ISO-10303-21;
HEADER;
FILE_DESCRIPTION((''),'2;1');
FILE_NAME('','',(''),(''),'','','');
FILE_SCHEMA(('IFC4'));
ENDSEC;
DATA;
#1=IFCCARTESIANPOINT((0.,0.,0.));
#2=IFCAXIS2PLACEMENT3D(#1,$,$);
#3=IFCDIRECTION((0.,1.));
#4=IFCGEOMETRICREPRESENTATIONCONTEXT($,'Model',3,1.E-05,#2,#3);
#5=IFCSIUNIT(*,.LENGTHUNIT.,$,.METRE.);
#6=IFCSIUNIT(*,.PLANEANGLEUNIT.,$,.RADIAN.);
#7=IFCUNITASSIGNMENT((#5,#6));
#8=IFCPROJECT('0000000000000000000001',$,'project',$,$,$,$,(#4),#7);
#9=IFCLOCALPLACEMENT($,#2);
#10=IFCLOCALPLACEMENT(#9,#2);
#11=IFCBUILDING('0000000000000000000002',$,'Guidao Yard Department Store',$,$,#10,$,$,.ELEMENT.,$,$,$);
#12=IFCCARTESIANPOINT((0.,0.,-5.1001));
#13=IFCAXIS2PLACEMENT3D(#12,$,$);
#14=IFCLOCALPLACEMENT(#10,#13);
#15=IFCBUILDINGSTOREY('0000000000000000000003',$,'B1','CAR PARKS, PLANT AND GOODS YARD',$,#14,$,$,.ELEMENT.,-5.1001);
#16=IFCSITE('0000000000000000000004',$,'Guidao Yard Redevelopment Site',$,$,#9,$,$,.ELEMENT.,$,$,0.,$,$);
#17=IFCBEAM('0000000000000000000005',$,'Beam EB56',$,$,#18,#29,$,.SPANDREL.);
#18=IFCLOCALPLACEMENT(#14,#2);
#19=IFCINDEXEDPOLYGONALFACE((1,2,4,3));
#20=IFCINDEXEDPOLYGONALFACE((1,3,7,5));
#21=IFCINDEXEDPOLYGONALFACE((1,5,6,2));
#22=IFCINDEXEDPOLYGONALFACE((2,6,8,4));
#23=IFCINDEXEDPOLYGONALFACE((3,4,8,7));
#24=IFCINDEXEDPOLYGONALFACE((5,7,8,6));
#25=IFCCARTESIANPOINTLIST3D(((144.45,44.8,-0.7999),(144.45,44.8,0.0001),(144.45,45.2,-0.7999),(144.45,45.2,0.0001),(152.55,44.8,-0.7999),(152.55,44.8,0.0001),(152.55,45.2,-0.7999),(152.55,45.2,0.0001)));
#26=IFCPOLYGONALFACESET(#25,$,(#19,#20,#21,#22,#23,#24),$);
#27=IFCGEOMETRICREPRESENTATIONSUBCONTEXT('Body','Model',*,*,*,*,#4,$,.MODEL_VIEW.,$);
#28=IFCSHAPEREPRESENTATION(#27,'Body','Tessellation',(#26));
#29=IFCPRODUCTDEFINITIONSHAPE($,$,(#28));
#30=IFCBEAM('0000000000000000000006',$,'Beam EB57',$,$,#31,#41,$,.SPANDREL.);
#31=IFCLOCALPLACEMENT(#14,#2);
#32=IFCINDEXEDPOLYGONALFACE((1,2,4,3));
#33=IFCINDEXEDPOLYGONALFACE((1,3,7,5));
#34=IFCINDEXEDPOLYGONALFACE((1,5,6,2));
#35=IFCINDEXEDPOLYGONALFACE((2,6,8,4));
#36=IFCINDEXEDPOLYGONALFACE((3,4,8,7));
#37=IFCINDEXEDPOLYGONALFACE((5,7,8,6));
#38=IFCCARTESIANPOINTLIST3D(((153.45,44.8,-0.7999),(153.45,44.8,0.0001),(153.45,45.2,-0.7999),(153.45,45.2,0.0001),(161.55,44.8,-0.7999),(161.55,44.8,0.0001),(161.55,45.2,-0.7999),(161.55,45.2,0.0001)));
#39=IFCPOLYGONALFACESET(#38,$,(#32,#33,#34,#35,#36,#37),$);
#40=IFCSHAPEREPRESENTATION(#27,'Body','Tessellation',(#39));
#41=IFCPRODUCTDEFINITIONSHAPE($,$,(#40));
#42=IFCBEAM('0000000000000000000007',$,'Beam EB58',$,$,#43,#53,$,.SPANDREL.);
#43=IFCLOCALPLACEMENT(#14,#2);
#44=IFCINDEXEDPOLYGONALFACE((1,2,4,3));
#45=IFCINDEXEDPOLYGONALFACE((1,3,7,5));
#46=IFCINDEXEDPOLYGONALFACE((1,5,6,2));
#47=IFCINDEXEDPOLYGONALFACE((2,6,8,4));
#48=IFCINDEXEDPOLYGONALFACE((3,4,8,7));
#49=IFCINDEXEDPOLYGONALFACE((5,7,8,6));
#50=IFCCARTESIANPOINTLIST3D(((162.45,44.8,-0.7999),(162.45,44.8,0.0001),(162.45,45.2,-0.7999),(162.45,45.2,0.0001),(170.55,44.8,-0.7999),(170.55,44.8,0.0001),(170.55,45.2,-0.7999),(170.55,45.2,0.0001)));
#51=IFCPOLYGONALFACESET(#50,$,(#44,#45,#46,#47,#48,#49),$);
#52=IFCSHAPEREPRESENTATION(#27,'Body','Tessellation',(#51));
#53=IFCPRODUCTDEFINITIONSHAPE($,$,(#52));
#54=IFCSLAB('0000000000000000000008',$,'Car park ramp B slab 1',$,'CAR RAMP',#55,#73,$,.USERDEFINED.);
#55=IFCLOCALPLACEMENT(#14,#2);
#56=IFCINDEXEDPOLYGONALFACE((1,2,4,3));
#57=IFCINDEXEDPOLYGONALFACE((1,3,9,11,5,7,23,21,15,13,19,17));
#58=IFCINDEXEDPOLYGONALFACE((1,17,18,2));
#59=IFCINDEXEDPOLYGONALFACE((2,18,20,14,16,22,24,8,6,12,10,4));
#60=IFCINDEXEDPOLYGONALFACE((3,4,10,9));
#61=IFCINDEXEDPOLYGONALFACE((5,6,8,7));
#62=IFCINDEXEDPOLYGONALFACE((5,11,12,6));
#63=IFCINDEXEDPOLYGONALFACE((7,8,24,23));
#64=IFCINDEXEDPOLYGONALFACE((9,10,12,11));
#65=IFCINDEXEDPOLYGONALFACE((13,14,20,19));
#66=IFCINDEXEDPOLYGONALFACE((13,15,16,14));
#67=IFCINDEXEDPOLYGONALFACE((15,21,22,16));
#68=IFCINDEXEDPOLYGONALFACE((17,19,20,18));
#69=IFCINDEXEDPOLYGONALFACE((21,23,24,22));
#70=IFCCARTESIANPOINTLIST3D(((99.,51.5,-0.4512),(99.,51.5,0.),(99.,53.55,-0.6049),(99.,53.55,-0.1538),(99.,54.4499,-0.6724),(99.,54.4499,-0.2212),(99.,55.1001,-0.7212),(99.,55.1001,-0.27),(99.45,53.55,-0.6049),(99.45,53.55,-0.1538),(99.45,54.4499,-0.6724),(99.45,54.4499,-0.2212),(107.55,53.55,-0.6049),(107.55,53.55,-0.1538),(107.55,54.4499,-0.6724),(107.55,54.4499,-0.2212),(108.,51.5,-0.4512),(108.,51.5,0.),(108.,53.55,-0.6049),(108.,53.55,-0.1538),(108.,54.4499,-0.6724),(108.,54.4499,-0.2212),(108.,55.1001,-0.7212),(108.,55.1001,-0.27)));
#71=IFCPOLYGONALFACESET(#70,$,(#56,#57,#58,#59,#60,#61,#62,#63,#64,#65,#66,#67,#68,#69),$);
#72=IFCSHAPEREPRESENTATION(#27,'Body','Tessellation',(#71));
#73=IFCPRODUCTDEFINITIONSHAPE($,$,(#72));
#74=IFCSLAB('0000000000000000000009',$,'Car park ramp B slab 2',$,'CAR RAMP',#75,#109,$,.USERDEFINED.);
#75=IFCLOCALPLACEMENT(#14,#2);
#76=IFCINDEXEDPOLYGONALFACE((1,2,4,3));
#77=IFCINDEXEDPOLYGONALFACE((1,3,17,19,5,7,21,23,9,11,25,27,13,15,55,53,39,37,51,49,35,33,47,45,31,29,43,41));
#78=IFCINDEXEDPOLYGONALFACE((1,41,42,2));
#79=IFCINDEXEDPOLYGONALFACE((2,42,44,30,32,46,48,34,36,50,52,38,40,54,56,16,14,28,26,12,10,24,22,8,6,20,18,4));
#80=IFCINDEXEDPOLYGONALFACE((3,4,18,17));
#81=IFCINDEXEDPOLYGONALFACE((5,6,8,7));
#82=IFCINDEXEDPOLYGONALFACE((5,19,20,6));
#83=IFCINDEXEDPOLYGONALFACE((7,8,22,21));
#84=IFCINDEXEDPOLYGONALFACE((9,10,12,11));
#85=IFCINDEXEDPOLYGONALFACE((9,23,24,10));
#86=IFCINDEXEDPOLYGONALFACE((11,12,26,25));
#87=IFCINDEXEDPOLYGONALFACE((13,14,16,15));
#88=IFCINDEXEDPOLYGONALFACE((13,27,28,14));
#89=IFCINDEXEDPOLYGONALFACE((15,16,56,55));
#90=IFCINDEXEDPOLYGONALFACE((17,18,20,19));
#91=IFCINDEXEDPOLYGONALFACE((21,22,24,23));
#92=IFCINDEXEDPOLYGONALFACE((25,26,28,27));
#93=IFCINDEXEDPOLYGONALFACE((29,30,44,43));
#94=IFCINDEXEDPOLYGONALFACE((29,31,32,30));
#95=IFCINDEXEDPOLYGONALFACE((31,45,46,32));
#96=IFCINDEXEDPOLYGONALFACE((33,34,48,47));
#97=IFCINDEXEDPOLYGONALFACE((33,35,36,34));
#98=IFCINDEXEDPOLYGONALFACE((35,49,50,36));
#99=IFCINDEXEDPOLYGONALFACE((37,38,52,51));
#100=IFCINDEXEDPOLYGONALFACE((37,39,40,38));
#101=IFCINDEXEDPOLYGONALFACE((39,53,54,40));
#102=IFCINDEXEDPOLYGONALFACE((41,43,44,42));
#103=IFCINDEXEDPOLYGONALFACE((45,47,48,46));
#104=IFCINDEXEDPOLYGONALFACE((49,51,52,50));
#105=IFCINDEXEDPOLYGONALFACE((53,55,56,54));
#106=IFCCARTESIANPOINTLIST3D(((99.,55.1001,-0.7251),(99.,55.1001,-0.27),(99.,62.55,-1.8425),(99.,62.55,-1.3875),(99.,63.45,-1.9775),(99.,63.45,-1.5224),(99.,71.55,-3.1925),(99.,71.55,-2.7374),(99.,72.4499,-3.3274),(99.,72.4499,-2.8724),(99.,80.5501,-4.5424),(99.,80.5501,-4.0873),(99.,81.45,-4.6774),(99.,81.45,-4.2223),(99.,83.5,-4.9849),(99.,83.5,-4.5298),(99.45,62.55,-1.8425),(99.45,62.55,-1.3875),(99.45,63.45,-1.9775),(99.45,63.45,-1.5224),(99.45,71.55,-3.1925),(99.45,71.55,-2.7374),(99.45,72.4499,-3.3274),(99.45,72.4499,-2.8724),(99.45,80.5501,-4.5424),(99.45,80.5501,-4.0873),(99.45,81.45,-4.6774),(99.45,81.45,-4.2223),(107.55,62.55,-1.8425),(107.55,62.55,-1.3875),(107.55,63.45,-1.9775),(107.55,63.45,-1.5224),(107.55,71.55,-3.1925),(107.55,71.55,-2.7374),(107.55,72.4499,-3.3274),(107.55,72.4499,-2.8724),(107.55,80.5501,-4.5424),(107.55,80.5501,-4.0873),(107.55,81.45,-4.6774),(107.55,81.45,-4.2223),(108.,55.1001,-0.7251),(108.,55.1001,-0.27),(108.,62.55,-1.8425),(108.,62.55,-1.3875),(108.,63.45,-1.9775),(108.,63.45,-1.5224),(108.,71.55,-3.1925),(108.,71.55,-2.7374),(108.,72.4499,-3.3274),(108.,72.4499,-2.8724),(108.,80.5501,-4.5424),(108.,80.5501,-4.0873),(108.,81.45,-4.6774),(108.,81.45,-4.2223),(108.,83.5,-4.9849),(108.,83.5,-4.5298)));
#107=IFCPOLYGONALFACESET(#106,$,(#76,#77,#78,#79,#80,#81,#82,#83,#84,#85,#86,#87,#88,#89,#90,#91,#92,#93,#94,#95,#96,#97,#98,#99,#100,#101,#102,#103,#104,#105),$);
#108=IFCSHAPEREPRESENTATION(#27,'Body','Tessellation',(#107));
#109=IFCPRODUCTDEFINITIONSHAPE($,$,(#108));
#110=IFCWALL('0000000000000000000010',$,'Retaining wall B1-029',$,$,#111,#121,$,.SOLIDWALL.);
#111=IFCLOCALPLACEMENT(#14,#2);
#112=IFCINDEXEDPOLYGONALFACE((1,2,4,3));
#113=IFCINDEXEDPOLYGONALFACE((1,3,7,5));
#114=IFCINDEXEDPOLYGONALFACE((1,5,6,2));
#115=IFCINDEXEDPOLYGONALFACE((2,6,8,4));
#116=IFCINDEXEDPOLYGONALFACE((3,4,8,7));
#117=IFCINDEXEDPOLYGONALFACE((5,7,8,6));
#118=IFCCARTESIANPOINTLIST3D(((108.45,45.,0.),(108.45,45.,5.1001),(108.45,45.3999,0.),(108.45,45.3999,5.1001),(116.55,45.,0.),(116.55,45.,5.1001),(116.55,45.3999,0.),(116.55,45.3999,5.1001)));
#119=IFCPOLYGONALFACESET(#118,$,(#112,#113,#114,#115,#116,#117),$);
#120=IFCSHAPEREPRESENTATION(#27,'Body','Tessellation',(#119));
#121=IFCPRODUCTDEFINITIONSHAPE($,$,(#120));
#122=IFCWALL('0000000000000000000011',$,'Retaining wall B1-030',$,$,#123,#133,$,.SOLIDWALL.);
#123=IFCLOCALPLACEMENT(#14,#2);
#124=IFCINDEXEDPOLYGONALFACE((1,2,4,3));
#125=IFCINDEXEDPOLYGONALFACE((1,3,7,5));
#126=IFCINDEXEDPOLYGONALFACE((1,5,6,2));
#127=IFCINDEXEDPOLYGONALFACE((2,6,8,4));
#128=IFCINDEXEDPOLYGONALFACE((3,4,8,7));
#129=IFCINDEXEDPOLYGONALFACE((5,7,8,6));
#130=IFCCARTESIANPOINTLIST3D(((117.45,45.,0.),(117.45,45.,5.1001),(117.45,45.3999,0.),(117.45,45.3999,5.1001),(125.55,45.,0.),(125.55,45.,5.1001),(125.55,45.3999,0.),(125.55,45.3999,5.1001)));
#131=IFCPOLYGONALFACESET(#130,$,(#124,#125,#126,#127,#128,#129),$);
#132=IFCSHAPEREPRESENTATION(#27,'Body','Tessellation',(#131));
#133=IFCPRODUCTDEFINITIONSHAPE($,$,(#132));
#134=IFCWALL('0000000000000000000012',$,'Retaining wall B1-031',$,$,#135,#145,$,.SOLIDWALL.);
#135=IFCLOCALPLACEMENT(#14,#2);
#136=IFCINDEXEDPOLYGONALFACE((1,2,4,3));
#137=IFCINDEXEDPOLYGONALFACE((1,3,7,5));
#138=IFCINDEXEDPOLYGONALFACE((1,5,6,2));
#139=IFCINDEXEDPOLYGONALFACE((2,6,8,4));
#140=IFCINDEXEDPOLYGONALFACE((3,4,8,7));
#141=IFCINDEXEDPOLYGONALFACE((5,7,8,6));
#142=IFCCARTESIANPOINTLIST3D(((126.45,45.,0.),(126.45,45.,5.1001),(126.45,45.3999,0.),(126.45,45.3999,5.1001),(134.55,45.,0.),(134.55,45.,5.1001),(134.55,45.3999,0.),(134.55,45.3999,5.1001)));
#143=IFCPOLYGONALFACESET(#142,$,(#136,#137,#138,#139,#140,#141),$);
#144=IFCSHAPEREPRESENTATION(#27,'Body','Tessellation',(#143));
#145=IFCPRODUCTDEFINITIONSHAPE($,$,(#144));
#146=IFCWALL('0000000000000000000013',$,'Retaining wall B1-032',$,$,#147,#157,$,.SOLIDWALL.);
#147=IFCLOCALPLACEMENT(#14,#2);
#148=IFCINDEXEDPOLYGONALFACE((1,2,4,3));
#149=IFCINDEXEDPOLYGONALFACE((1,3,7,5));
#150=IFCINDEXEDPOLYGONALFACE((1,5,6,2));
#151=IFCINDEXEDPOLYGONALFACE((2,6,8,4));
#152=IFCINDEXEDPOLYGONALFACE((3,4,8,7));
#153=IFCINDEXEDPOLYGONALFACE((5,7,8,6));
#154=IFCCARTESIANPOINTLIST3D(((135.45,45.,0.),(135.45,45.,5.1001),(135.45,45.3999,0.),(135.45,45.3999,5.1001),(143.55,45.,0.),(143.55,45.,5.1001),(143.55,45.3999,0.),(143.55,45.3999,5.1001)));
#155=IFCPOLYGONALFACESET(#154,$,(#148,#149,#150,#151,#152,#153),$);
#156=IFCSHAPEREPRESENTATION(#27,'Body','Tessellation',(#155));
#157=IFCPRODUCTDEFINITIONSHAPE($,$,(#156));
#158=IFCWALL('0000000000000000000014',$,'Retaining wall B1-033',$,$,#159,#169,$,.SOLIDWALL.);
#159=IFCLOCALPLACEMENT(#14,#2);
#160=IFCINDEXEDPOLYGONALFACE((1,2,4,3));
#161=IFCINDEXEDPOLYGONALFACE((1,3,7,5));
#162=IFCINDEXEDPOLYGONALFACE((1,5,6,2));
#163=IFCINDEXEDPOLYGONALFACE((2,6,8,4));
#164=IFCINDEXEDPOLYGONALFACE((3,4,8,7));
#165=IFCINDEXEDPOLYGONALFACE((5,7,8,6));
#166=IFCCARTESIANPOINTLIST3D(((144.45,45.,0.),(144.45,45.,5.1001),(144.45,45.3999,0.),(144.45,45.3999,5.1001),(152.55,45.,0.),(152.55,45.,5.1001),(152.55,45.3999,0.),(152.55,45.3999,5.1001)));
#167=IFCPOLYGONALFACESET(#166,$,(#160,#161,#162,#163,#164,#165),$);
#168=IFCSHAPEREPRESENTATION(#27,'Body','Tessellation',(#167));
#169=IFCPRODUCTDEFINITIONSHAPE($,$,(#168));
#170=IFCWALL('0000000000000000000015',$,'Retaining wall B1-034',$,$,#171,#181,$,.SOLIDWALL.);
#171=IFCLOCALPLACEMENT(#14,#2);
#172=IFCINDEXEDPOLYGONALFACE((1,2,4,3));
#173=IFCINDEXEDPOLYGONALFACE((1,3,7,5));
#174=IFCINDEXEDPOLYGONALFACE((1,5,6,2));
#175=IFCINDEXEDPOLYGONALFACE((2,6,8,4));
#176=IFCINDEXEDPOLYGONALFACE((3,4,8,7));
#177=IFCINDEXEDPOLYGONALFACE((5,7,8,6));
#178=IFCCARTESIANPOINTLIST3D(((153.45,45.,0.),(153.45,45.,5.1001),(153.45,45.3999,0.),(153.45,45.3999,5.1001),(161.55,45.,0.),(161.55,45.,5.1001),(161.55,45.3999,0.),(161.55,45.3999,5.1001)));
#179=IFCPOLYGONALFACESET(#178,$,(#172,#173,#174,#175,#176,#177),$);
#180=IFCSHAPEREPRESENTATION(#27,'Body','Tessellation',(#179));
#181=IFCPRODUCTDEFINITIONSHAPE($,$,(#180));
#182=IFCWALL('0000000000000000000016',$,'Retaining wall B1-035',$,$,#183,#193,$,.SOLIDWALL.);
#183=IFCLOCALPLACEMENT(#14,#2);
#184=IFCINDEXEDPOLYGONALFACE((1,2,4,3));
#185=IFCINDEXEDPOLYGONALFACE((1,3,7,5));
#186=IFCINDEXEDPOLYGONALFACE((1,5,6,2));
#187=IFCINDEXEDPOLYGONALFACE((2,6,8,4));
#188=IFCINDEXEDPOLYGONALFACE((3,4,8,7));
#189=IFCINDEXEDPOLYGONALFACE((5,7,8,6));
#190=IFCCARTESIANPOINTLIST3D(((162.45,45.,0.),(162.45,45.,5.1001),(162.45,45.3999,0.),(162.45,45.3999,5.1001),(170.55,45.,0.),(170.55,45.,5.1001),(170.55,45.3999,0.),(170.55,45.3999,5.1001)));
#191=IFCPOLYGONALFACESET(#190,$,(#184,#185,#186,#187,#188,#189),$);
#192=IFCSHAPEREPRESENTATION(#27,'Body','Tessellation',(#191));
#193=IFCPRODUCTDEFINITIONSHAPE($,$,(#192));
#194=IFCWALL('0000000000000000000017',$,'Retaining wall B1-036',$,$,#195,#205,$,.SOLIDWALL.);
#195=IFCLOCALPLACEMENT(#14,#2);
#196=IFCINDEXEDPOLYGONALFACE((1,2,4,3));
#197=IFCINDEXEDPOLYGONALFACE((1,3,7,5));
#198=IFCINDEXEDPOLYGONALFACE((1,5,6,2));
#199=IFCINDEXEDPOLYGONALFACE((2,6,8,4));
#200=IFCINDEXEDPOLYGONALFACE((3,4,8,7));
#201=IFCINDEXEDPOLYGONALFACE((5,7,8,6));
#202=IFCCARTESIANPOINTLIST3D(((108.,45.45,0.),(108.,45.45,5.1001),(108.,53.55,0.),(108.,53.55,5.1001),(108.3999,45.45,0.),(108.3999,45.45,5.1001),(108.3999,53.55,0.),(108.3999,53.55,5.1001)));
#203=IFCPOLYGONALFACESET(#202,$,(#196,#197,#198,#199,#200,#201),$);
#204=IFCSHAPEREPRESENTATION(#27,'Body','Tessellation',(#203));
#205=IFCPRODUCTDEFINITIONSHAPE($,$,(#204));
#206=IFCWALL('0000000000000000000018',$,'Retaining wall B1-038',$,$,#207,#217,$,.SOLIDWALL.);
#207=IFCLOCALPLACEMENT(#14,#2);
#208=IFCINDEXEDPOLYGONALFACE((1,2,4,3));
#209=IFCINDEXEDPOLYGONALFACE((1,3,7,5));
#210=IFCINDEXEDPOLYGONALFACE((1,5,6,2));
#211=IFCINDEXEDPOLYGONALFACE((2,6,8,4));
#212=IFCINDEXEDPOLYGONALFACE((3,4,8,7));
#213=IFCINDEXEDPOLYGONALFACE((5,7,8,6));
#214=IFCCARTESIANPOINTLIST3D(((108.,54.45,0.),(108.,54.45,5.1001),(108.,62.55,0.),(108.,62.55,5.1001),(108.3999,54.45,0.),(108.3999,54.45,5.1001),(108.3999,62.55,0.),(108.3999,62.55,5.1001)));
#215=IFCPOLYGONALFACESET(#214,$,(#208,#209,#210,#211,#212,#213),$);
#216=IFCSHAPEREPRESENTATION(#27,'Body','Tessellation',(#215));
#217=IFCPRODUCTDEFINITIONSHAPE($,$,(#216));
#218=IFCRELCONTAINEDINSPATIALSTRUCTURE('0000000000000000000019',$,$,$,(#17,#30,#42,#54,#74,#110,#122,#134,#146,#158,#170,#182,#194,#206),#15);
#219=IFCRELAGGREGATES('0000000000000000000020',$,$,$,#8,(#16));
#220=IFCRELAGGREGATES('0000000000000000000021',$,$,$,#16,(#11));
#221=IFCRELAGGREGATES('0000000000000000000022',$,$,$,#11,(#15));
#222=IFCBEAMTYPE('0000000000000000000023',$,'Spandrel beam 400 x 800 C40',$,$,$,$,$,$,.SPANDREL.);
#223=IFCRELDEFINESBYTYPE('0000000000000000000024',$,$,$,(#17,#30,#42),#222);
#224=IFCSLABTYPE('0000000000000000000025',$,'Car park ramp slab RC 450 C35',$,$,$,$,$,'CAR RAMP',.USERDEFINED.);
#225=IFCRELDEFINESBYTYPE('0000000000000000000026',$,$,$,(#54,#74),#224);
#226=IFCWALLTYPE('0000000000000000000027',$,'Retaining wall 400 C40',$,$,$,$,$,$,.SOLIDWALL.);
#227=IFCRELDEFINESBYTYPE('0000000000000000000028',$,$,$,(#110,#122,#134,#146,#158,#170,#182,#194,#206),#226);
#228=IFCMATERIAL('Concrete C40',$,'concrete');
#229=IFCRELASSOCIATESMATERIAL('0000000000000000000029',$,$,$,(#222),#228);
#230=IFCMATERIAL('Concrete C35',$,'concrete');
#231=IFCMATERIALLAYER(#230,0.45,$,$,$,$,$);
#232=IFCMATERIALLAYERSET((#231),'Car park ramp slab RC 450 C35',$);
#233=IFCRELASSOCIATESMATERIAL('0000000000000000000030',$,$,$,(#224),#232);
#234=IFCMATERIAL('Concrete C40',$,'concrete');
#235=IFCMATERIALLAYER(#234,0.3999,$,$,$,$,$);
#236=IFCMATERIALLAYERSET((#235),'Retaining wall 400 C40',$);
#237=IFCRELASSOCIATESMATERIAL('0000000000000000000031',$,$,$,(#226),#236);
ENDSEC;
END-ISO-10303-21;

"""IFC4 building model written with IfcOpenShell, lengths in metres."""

from ifc_helpers import new_model, si_unit, direction, frame, frame_2d, origin, origin_2d, place, context, subcontext, project, spatial, polyline, rectangle, outline, extrude, material, layer, layer_set, material_profile, profile_set, type_object, element, save


model = new_model("IFC4")

# Units and contexts
model_context = context("Model", 3, precision=1e-05, world=origin(), true_north=direction((0.0, 1.0)))
body_context = subcontext(model_context, "Body", "Model", "MODEL_VIEW")
ifc_project = project(units=[si_unit("LENGTHUNIT", "METRE"), si_unit("PLANEANGLEUNIT", "RADIAN")], contexts=[model_context])

# Site, building, storey
site_placement = place(None, origin())
site = spatial("IfcSite", under=ifc_project, at=site_placement, Name="Guidao Yard Redevelopment Site", CompositionType="ELEMENT", RefElevation=0.0)
building_placement = place(site_placement, origin())
building = spatial("IfcBuilding", under=site, at=building_placement, Name="Guidao Yard Department Store", CompositionType="ELEMENT")
storey_placement = place(building_placement, frame((0.0, 0.0, -5.1001)))
storey = spatial("IfcBuildingStorey", under=building, at=storey_placement, Name="B1", Description="CAR PARKS, PLANT AND GOODS YARD", CompositionType="ELEMENT", Elevation=-5.1001)

# Beams
ifc_material_1 = material(Name="Concrete C40", Category="concrete")
ifc_material_profile_1 = material_profile(ifc_material_1, rectangle(XDim=0.3999, YDim=0.8, at=origin_2d()), Name="Spandrel beam 400 x 800 C40")
ifc_profile_set_1 = profile_set([ifc_material_profile_1], Name="Concrete C40")
beam_type = type_object("IfcBeamType", Name="Spandrel beam 400 x 800 C40", PredefinedType="SPANDREL", material=ifc_profile_set_1)
for number, where, z_axis, x_axis, name in (
    (1, (144.45, 45.0, -0.3999), (1.0, 0.0, 0.0), (0.0, 1.0, 0.0), "Beam EB56"),
    (2, (153.45, 45.0, -0.3999), (1.0, 0.0, 0.0), (0.0, 1.0, 0.0), "Beam EB57"),
    (3, (162.45, 45.0, -0.3999), (1.0, 0.0, 0.0), (0.0, 1.0, 0.0), "Beam EB58"),
):
    element("IfcBeam", number, at=place(storey_placement, frame(where, z_axis=z_axis, x_axis=x_axis)), inside=storey, type_object=beam_type, Name=name, PredefinedType="SPANDREL", context=body_context, shape_type="SweptSolid", body=[
        extrude(rectangle(XDim=0.3999, YDim=0.8, at=origin_2d()), origin(), (0.0, 0.0, 1.0), 8.1001),
    ])

# Slabs
ifc_material_2 = material(Name="Concrete C35", Category="concrete")
ifc_layer_1 = layer(ifc_material_2, 0.45)
ifc_layer_set_1 = layer_set([ifc_layer_1], Name="Car park ramp slab RC 450 C35")
slab_type = type_object("IfcSlabType", Name="Car park ramp slab RC 450 C35", ElementType="CAR RAMP", PredefinedType="USERDEFINED", material=ifc_layer_set_1)
slab_1_placement = place(storey_placement, frame((108.0, 51.5, 0.0), z_axis=(0.0, 0.07479, 0.997199), x_axis=(0.0, 0.997199, -0.07479)))
element("IfcSlab", 4, at=slab_1_placement, inside=storey, type_object=slab_type, Name="Car park ramp B slab 1", ObjectType="CAR RAMP", PredefinedType="USERDEFINED", context=body_context, shape_type="SweptSolid", body=[
    extrude(outline(polyline([(0.0, 0.0), (2.0558, 0.0), (2.0558, 0.45), (2.9582, 0.45), (2.9582, 0.0), (3.6102, 0.0), (3.6102, 9.0), (2.9582, 9.0), (2.9582, 8.55), (2.0558, 8.55), (2.0558, 9.0), (0.0, 9.0), (0.0, 0.0)])), origin(), (0.07479, 0.0, -0.997199), 0.4512),
])
slab_2_placement = place(storey_placement, frame((108.0, 55.1001, -0.27), z_axis=(0.0, 0.148333, 0.988938), x_axis=(0.0, 0.988938, -0.148333)))
element("IfcSlab", 5, at=slab_2_placement, inside=storey, type_object=slab_type, Name="Car park ramp B slab 2", ObjectType="CAR RAMP", PredefinedType="USERDEFINED", context=body_context, shape_type="SweptSolid", body=[
    extrude(outline(polyline([(0.0, 0.0), (7.5333, 0.0), (7.5333, 0.45), (8.4433, 0.45), (8.4433, 0.0), (16.634, 0.0), (16.634, 0.45), (17.5439, 0.45), (17.5439, 0.0), (25.7347, 0.0), (25.7347, 0.45), (26.6446, 0.45), (26.6446, 0.0), (28.7176, 0.0), (28.7176, 9.0), (26.6446, 9.0), (26.6446, 8.55), (25.7347, 8.55), (25.7347, 9.0), (17.5439, 9.0), (17.5439, 8.55), (16.634, 8.55), (16.634, 9.0), (8.4433, 9.0), (8.4433, 8.55), (7.5333, 8.55), (7.5333, 9.0), (0.0, 9.0), (0.0, 0.0)])), origin(), (0.148333, 0.0, -0.988938), 0.4551),
])

# Walls
ifc_material_3 = material(Name="Concrete C40", Category="concrete")
ifc_layer_2 = layer(ifc_material_3, 0.3999)
ifc_layer_set_2 = layer_set([ifc_layer_2], Name="Retaining wall 400 C40")
wall_type_1 = type_object("IfcWallType", Name="Retaining wall 400 C40", PredefinedType="SOLIDWALL", material=ifc_layer_set_2)
for number, where, z_axis, x_axis, name in (
    (6, (108.45, 45.2, 0.0), (0.0, 0.0, 1.0), (1.0, 0.0, 0.0), "Retaining wall B1-029"),
    (7, (117.45, 45.2, 0.0), (0.0, 0.0, 1.0), (1.0, 0.0, 0.0), "Retaining wall B1-030"),
    (8, (126.45, 45.2, 0.0), (0.0, 0.0, 1.0), (1.0, 0.0, 0.0), "Retaining wall B1-031"),
    (9, (135.45, 45.2, 0.0), (0.0, 0.0, 1.0), (1.0, 0.0, 0.0), "Retaining wall B1-032"),
    (10, (144.45, 45.2, 0.0), (0.0, 0.0, 1.0), (1.0, 0.0, 0.0), "Retaining wall B1-033"),
    (11, (153.45, 45.2, 0.0), (0.0, 0.0, 1.0), (1.0, 0.0, 0.0), "Retaining wall B1-034"),
    (12, (162.45, 45.2, 0.0), (0.0, 0.0, 1.0), (1.0, 0.0, 0.0), "Retaining wall B1-035"),
    (13, (108.2, 45.45, 0.0), (0.0, 0.0, 1.0), (0.0, 1.0, 0.0), "Retaining wall B1-036"),
    (14, (108.2, 54.45, 0.0), (0.0, 0.0, 1.0), (0.0, 1.0, 0.0), "Retaining wall B1-038"),
):
    element("IfcWall", number, at=place(storey_placement, frame(where, z_axis=z_axis, x_axis=x_axis)), inside=storey, type_object=wall_type_1, Name=name, PredefinedType="SOLIDWALL", context=body_context, shape_type="SweptSolid", body=[
        extrude(rectangle(XDim=8.1001, YDim=0.3999, at=frame_2d((4.05, 0.0))), origin(), (0.0, 0.0, 1.0), 5.1001),
    ])

save(model, "model.ifc")
